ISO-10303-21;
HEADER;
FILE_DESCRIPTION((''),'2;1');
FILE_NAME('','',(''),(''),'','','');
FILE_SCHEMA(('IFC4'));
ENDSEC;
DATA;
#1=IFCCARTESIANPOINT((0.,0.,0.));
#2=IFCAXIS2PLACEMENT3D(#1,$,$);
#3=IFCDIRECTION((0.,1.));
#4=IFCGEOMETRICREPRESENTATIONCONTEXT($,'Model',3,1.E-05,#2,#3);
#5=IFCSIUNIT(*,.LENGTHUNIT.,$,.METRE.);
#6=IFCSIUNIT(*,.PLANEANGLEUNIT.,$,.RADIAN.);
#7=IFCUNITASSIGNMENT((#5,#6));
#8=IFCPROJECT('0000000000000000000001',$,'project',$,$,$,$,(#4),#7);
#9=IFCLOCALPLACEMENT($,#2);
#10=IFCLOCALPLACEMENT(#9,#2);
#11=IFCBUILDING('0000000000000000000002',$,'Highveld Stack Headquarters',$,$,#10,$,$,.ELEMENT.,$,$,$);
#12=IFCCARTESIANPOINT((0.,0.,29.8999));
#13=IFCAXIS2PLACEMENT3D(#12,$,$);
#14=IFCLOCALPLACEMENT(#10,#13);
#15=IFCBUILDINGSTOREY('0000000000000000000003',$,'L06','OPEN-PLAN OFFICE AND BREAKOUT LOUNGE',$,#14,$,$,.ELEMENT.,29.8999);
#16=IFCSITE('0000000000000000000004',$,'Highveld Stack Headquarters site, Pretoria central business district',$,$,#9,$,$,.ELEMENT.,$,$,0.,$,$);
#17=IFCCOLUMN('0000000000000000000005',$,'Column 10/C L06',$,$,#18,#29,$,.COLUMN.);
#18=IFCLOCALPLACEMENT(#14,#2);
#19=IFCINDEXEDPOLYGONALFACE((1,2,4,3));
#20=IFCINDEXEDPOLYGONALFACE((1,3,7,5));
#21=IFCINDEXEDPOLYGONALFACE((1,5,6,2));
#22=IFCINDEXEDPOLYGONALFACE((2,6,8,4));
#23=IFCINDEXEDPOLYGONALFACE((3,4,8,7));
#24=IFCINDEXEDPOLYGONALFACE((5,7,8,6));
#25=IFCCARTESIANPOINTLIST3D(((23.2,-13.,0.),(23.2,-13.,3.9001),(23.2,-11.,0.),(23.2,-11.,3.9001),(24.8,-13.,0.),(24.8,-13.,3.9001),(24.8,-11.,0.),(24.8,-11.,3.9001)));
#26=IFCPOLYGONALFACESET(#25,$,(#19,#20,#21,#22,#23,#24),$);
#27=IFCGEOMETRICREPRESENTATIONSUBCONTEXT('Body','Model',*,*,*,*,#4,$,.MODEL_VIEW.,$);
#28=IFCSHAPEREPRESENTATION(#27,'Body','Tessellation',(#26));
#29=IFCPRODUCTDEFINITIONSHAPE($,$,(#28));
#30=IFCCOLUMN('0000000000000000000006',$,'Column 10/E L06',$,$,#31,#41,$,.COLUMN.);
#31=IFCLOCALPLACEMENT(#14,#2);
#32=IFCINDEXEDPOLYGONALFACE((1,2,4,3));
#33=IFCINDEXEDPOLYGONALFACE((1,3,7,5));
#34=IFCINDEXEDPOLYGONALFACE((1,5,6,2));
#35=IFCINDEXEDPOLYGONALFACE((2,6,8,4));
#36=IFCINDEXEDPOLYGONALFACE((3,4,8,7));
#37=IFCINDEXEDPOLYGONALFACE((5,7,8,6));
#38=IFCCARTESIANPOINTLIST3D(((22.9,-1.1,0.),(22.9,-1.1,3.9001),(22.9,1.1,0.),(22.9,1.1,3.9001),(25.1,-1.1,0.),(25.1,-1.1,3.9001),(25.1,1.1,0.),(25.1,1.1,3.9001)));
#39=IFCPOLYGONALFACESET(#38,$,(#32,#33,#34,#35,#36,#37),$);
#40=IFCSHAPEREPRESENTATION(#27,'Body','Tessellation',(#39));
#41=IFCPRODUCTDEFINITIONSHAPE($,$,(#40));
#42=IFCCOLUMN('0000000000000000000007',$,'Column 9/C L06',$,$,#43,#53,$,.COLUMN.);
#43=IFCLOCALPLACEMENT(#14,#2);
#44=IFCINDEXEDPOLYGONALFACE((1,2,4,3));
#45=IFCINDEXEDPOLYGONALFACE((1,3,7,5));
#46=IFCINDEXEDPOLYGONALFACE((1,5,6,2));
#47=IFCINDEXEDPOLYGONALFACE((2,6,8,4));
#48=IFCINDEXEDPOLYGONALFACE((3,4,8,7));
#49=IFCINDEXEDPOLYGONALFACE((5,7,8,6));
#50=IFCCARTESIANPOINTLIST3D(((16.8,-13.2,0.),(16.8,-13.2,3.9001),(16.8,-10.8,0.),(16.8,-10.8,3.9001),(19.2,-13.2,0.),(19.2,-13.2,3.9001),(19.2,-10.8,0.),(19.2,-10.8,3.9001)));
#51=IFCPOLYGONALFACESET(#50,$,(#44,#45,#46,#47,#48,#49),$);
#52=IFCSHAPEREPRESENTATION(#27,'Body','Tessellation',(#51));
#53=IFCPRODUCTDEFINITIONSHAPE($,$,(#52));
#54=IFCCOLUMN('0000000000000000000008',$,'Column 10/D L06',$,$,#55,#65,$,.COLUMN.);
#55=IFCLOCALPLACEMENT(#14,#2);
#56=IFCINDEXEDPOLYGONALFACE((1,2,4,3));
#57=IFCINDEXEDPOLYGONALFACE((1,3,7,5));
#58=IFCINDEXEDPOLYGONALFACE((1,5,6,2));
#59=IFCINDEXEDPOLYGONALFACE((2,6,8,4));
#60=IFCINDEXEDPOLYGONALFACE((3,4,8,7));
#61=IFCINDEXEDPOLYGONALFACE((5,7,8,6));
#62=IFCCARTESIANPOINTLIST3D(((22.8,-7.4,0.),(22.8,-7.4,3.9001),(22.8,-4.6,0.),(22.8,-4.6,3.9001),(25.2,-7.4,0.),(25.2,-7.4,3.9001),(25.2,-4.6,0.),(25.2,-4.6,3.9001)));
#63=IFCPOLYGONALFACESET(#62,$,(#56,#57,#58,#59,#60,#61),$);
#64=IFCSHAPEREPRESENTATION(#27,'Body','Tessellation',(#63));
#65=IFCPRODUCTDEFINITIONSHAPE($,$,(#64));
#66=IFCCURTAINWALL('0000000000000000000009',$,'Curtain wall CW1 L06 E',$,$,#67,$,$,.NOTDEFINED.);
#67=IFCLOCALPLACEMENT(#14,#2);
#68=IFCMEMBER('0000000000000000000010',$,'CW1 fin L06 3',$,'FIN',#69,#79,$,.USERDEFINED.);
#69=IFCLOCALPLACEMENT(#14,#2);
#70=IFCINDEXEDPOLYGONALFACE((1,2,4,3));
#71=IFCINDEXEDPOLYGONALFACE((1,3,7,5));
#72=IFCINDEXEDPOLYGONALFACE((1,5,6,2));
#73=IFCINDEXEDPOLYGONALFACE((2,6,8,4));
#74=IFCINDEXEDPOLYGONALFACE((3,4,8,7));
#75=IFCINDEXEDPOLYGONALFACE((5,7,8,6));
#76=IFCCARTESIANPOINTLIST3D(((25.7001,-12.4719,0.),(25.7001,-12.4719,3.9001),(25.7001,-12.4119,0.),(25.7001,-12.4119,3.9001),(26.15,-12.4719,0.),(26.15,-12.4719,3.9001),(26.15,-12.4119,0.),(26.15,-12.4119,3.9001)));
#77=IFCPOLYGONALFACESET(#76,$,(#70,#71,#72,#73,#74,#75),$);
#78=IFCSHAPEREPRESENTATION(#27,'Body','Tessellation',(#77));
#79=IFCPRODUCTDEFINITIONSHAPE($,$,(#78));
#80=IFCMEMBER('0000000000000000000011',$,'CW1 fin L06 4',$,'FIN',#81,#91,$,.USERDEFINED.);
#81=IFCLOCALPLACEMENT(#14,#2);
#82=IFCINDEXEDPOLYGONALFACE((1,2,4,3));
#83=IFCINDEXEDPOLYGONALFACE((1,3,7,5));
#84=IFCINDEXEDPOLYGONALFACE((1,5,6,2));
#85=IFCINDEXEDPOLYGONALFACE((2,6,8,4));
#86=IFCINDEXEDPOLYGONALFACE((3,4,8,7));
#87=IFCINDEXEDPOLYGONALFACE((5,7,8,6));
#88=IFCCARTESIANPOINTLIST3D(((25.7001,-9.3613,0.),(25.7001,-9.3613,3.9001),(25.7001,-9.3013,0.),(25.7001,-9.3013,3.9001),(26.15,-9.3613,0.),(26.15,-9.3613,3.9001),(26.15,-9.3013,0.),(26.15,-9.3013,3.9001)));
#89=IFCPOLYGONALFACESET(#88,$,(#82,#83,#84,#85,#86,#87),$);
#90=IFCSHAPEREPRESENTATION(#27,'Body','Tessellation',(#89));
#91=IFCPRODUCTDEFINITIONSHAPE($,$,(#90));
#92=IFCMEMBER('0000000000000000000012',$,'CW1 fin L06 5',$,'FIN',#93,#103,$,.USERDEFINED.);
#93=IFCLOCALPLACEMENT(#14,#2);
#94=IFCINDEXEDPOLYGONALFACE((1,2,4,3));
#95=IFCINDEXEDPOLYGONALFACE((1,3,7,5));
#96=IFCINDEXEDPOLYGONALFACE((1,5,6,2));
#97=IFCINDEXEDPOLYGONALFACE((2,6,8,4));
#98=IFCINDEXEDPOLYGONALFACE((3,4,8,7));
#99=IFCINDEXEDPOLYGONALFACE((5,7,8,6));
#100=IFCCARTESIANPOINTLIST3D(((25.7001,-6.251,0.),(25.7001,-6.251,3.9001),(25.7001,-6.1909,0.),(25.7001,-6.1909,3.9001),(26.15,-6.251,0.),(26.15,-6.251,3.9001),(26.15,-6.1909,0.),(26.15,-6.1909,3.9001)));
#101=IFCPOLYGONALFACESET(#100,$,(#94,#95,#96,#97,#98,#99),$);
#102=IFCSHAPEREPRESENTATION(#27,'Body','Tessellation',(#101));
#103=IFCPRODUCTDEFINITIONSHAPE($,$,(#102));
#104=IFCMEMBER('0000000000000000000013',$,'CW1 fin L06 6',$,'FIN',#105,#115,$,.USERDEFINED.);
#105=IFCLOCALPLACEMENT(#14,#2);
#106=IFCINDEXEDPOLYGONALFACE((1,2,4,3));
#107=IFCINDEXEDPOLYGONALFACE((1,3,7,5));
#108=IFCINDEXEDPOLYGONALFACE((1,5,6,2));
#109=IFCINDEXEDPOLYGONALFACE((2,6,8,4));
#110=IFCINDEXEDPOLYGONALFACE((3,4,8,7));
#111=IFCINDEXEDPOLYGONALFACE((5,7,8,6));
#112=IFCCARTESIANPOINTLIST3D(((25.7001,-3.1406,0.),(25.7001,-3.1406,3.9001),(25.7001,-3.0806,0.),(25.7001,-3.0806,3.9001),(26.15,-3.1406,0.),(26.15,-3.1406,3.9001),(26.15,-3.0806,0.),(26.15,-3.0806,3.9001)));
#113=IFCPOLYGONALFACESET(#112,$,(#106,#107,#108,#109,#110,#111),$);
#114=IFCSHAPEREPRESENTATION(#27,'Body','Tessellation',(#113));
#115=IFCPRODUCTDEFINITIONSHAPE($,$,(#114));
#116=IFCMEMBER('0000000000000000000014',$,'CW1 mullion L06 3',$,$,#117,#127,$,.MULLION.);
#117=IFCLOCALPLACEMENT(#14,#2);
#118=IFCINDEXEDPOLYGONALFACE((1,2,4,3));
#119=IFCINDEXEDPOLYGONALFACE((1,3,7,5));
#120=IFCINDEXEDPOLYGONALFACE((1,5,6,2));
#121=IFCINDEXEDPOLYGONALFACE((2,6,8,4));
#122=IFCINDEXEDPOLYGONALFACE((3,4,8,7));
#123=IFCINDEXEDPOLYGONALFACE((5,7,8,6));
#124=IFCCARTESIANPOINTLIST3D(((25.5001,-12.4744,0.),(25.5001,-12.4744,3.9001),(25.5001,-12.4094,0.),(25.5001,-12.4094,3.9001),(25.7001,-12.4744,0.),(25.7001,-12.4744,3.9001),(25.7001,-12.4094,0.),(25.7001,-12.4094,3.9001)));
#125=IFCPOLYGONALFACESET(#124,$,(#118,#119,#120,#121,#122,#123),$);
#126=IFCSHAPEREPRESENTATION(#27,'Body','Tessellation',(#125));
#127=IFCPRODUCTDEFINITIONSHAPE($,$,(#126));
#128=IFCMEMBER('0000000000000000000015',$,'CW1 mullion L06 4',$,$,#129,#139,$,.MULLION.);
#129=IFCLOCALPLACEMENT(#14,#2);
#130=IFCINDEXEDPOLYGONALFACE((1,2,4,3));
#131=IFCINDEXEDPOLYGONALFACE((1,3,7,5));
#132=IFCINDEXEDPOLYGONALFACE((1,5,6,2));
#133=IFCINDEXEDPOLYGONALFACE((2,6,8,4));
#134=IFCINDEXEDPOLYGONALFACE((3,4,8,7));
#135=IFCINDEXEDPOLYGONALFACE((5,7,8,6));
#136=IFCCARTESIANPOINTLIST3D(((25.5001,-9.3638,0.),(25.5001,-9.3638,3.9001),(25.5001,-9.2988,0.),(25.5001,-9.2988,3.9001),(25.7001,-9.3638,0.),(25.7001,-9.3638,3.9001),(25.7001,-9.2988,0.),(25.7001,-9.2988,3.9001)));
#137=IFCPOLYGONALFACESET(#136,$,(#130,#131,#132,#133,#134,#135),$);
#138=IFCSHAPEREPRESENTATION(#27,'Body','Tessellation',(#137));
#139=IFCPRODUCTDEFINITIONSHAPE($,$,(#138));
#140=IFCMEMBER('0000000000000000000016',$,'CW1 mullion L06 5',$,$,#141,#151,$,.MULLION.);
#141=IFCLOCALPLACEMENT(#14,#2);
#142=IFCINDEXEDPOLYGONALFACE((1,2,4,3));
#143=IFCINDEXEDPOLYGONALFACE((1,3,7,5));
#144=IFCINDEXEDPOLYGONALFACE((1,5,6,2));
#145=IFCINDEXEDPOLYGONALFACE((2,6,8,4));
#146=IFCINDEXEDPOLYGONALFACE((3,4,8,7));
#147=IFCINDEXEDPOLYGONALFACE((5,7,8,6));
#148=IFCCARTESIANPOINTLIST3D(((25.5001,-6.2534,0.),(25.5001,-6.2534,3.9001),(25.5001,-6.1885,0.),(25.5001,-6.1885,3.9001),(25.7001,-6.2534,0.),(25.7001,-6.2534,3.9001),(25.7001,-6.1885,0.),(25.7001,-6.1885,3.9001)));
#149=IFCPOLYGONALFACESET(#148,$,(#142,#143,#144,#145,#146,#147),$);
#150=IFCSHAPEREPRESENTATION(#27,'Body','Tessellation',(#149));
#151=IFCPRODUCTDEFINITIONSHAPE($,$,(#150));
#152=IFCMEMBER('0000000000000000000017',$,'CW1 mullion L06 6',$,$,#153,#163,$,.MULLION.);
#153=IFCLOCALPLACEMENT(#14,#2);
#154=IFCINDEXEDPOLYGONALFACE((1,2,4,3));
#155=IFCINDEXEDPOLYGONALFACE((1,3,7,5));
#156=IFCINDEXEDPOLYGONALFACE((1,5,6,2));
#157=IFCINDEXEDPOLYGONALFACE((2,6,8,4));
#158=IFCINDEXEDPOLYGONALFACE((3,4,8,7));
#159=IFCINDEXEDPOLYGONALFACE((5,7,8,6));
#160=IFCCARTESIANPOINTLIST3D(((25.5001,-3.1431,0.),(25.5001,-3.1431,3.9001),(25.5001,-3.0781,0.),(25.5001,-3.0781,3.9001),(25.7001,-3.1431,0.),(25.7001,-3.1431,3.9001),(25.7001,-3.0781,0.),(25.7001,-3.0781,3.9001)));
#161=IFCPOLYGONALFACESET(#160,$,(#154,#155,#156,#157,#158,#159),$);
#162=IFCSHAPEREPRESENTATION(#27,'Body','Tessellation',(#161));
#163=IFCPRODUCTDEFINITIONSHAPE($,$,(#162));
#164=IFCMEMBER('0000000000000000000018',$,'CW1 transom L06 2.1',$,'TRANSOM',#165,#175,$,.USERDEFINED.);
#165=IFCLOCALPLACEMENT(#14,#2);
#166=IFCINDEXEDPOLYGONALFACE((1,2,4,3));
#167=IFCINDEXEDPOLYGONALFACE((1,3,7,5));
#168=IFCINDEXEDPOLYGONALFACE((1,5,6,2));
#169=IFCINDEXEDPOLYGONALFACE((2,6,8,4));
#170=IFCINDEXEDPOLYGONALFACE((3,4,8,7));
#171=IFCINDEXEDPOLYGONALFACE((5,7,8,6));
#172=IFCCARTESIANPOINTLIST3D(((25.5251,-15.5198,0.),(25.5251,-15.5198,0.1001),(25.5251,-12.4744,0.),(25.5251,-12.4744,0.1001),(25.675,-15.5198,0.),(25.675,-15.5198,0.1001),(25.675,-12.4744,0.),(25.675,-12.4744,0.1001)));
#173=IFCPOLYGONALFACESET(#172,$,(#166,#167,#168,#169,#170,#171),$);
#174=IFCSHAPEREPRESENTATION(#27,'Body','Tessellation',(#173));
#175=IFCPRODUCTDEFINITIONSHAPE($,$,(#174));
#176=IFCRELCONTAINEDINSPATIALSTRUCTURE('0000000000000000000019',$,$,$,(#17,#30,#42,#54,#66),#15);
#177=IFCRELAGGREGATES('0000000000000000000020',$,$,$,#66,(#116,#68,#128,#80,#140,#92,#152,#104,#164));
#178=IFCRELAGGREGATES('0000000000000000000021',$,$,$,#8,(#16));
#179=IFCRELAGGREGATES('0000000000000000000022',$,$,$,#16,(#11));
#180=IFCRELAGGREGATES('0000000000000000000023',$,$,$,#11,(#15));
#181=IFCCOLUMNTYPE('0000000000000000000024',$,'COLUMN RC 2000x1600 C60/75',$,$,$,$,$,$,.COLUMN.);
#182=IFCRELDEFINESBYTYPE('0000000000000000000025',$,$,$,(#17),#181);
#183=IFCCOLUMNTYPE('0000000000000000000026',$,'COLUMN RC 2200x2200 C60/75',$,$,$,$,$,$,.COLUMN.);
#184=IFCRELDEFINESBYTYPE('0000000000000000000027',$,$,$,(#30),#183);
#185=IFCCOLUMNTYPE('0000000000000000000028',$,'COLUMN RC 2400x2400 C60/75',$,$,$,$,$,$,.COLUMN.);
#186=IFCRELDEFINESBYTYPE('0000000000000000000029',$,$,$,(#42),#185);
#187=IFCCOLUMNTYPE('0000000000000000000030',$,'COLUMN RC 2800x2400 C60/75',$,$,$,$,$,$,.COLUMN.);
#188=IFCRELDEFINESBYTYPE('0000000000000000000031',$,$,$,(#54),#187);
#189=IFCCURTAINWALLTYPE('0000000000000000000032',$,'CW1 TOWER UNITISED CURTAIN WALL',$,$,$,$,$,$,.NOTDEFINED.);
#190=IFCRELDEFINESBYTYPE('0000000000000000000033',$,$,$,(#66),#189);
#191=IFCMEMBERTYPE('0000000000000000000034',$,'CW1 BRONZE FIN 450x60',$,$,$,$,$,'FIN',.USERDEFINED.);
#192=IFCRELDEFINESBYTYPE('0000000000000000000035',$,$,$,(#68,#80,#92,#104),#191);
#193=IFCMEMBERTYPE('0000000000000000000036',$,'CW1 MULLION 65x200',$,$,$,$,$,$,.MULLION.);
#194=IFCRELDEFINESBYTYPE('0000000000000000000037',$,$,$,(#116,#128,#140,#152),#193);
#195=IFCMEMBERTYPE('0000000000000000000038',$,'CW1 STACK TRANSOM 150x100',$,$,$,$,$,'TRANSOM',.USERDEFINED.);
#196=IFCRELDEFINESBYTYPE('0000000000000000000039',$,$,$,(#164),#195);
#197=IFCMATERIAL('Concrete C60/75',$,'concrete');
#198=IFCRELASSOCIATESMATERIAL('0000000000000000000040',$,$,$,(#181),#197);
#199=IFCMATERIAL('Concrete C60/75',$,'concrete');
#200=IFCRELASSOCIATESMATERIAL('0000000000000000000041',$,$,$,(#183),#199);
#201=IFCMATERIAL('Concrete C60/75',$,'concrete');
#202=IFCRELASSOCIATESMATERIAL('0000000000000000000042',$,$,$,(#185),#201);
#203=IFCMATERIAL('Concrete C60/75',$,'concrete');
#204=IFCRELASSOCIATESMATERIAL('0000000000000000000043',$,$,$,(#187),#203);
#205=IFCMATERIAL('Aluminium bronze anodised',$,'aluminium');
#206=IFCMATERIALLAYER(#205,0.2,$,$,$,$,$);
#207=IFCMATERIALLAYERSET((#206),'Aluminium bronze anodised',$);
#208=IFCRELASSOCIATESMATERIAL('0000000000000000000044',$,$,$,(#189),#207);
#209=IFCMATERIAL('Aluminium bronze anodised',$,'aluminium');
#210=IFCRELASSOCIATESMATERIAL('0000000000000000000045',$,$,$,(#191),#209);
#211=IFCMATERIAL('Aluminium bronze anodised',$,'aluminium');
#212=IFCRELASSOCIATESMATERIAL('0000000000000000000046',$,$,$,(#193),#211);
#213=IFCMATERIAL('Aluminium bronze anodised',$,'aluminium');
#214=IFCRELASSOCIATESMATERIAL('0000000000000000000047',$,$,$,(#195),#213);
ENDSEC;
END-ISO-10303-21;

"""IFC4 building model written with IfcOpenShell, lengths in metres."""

from ifc_helpers import new_model, si_unit, direction, frame, origin, origin_2d, place, context, subcontext, project, spatial, rectangle, extrude, material, layer, layer_set, material_profile, profile_set, type_object, element, aggregate, save


model = new_model("IFC4")

# Units and contexts
model_context = context("Model", 3, precision=1e-05, world=origin(), true_north=direction((0.0, 1.0)))
body_context = subcontext(model_context, "Body", "Model", "MODEL_VIEW")
ifc_project = project(units=[si_unit("LENGTHUNIT", "METRE"), si_unit("PLANEANGLEUNIT", "RADIAN")], contexts=[model_context])

# Site, building, storey
site_placement = place(None, origin())
site = spatial("IfcSite", under=ifc_project, at=site_placement, Name="Highveld Stack Headquarters site, Pretoria central business district", CompositionType="ELEMENT", RefElevation=0.0)
building_placement = place(site_placement, origin())
building = spatial("IfcBuilding", under=site, at=building_placement, Name="Highveld Stack Headquarters", CompositionType="ELEMENT")
storey_placement = place(building_placement, frame((0.0, 0.0, 29.8999)))
storey = spatial("IfcBuildingStorey", under=building, at=storey_placement, Name="L06", Description="OPEN-PLAN OFFICE AND BREAKOUT LOUNGE", CompositionType="ELEMENT", Elevation=29.8999)

# Columns
ifc_material_1 = material(Name="Concrete C60/75", Category="concrete")
ifc_material_profile_1 = material_profile(ifc_material_1, rectangle(XDim=2.0, YDim=1.6001, at=origin_2d()), Name="RC 2000x1600")
ifc_profile_set_1 = profile_set([ifc_material_profile_1], Name="Concrete C60/75")
column_type_1 = type_object("IfcColumnType", Name="COLUMN RC 2000x1600 C60/75", PredefinedType="COLUMN", material=ifc_profile_set_1)
column_1_placement = place(storey_placement, frame((24.0, -12.0, 0.0), z_axis=(0.0, 0.0, 1.0), x_axis=(0.0, 1.0, 0.0)))
element("IfcColumn", 1, at=column_1_placement, inside=storey, type_object=column_type_1, Name="Column 10/C L06", PredefinedType="COLUMN", context=body_context, shape_type="SweptSolid", body=[
    extrude(rectangle(XDim=2.0, YDim=1.6001, at=origin_2d()), origin(), (0.0, 0.0, 1.0), 3.9001),
])
ifc_material_2 = material(Name="Concrete C60/75", Category="concrete")
ifc_material_profile_2 = material_profile(ifc_material_2, rectangle(XDim=2.2, YDim=2.2, at=origin_2d()), Name="RC 2200x2200")
ifc_profile_set_2 = profile_set([ifc_material_profile_2], Name="Concrete C60/75")
column_type_2 = type_object("IfcColumnType", Name="COLUMN RC 2200x2200 C60/75", PredefinedType="COLUMN", material=ifc_profile_set_2)
column_2_placement = place(storey_placement, frame((24.0, 0.0, 0.0), z_axis=(0.0, 0.0, 1.0), x_axis=(1.0, 0.0, 0.0)))
element("IfcColumn", 2, at=column_2_placement, inside=storey, type_object=column_type_2, Name="Column 10/E L06", PredefinedType="COLUMN", context=body_context, shape_type="SweptSolid", body=[
    extrude(rectangle(XDim=2.2, YDim=2.2, at=origin_2d()), origin(), (0.0, 0.0, 1.0), 3.9001),
])
ifc_material_3 = material(Name="Concrete C60/75", Category="concrete")
ifc_material_profile_3 = material_profile(ifc_material_3, rectangle(XDim=2.3999, YDim=2.3999, at=origin_2d()), Name="RC 2400x2400")
ifc_profile_set_3 = profile_set([ifc_material_profile_3], Name="Concrete C60/75")
column_type_3 = type_object("IfcColumnType", Name="COLUMN RC 2400x2400 C60/75", PredefinedType="COLUMN", material=ifc_profile_set_3)
column_3_placement = place(storey_placement, frame((18.0, -12.0, 0.0), z_axis=(0.0, 0.0, 1.0), x_axis=(1.0, 0.0, 0.0)))
element("IfcColumn", 3, at=column_3_placement, inside=storey, type_object=column_type_3, Name="Column 9/C L06", PredefinedType="COLUMN", context=body_context, shape_type="SweptSolid", body=[
    extrude(rectangle(XDim=2.3999, YDim=2.3999, at=origin_2d()), origin(), (0.0, 0.0, 1.0), 3.9001),
])
ifc_material_4 = material(Name="Concrete C60/75", Category="concrete")
ifc_material_profile_4 = material_profile(ifc_material_4, rectangle(XDim=2.8, YDim=2.3999, at=origin_2d()), Name="RC 2800x2400")
ifc_profile_set_4 = profile_set([ifc_material_profile_4], Name="Concrete C60/75")
column_type_4 = type_object("IfcColumnType", Name="COLUMN RC 2800x2400 C60/75", PredefinedType="COLUMN", material=ifc_profile_set_4)
column_4_placement = place(storey_placement, frame((24.0, -6.0, 0.0), z_axis=(0.0, 0.0, 1.0), x_axis=(0.0, 1.0, 0.0)))
element("IfcColumn", 4, at=column_4_placement, inside=storey, type_object=column_type_4, Name="Column 10/D L06", PredefinedType="COLUMN", context=body_context, shape_type="SweptSolid", body=[
    extrude(rectangle(XDim=2.8, YDim=2.3999, at=origin_2d()), origin(), (0.0, 0.0, 1.0), 3.9001),
])

# Curtain wall, members
ifc_material_5 = material(Name="Aluminium bronze anodised", Category="aluminium")
ifc_layer_1 = layer(ifc_material_5, 0.2)
ifc_layer_set_1 = layer_set([ifc_layer_1], Name="Aluminium bronze anodised")
curtain_wall_type = type_object("IfcCurtainWallType", Name="CW1 TOWER UNITISED CURTAIN WALL", PredefinedType="NOTDEFINED", material=ifc_layer_set_1)
curtain_wall_placement = place(storey_placement, origin())
curtain_wall = element("IfcCurtainWall", 5, at=curtain_wall_placement, inside=storey, type_object=curtain_wall_type, Name="Curtain wall CW1 L06 E", PredefinedType="NOTDEFINED")
ifc_material_6 = material(Name="Aluminium bronze anodised", Category="aluminium")
ifc_material_profile_5 = material_profile(ifc_material_6, rectangle(XDim=0.45, YDim=0.0601, at=origin_2d()), Name="FIN 450x60")
ifc_profile_set_5 = profile_set([ifc_material_profile_5], Name="Aluminium bronze anodised")
member_type_1 = type_object("IfcMemberType", Name="CW1 BRONZE FIN 450x60", ElementType="FIN", PredefinedType="USERDEFINED", material=ifc_profile_set_5)
member_1_placement = place(storey_placement, frame((25.925, -12.4419, 0.0), z_axis=(0.0, 0.0, 1.0), x_axis=(-1.0, 0.0, 0.0)))
member_1 = element("IfcMember", 6, at=member_1_placement, type_object=member_type_1, Name="CW1 fin L06 3", ObjectType="FIN", PredefinedType="USERDEFINED", context=body_context, shape_type="SweptSolid", body=[
    extrude(rectangle(XDim=0.45, YDim=0.0601, at=origin_2d()), origin(), (0.0, 0.0, 1.0), 3.9001),
])
member_2_placement = place(storey_placement, frame((25.925, -9.3313, 0.0), z_axis=(0.0, 0.0, 1.0), x_axis=(-1.0, 0.0, 0.0)))
member_2 = element("IfcMember", 7, at=member_2_placement, type_object=member_type_1, Name="CW1 fin L06 4", ObjectType="FIN", PredefinedType="USERDEFINED", context=body_context, shape_type="SweptSolid", body=[
    extrude(rectangle(XDim=0.45, YDim=0.0601, at=origin_2d()), origin(), (0.0, 0.0, 1.0), 3.9001),
])
member_3_placement = place(storey_placement, frame((25.925, -6.2209, 0.0), z_axis=(0.0, 0.0, 1.0), x_axis=(-1.0, 0.0, 0.0)))
member_3 = element("IfcMember", 8, at=member_3_placement, type_object=member_type_1, Name="CW1 fin L06 5", ObjectType="FIN", PredefinedType="USERDEFINED", context=body_context, shape_type="SweptSolid", body=[
    extrude(rectangle(XDim=0.45, YDim=0.0601, at=origin_2d()), origin(), (0.0, 0.0, 1.0), 3.9001),
])
member_4_placement = place(storey_placement, frame((25.925, -3.1106, 0.0), z_axis=(0.0, 0.0, 1.0), x_axis=(-1.0, 0.0, 0.0)))
member_4 = element("IfcMember", 9, at=member_4_placement, type_object=member_type_1, Name="CW1 fin L06 6", ObjectType="FIN", PredefinedType="USERDEFINED", context=body_context, shape_type="SweptSolid", body=[
    extrude(rectangle(XDim=0.45, YDim=0.0601, at=origin_2d()), origin(), (0.0, 0.0, 1.0), 3.9001),
])
ifc_material_7 = material(Name="Aluminium bronze anodised", Category="aluminium")
ifc_material_profile_6 = material_profile(ifc_material_7, rectangle(XDim=0.2, YDim=0.0649, at=origin_2d()), Name="CW1 MULLION 65x200")
ifc_profile_set_6 = profile_set([ifc_material_profile_6], Name="Aluminium bronze anodised")
member_type_2 = type_object("IfcMemberType", Name="CW1 MULLION 65x200", PredefinedType="MULLION", material=ifc_profile_set_6)
member_5_placement = place(storey_placement, frame((25.6001, -12.4419, 0.0), z_axis=(0.0, 0.0, 1.0), x_axis=(-1.0, 0.0, 0.0)))
member_5 = element("IfcMember", 10, at=member_5_placement, type_object=member_type_2, Name="CW1 mullion L06 3", PredefinedType="MULLION", context=body_context, shape_type="SweptSolid", body=[
    extrude(rectangle(XDim=0.2, YDim=0.0649, at=origin_2d()), origin(), (0.0, 0.0, 1.0), 3.9001),
])
member_6_placement = place(storey_placement, frame((25.6001, -9.3313, 0.0), z_axis=(0.0, 0.0, 1.0), x_axis=(-1.0, 0.0, 0.0)))
member_6 = element("IfcMember", 11, at=member_6_placement, type_object=member_type_2, Name="CW1 mullion L06 4", PredefinedType="MULLION", context=body_context, shape_type="SweptSolid", body=[
    extrude(rectangle(XDim=0.2, YDim=0.0649, at=origin_2d()), origin(), (0.0, 0.0, 1.0), 3.9001),
])
member_7_placement = place(storey_placement, frame((25.6001, -6.2209, 0.0), z_axis=(0.0, 0.0, 1.0), x_axis=(-1.0, 0.0, 0.0)))
member_7 = element("IfcMember", 12, at=member_7_placement, type_object=member_type_2, Name="CW1 mullion L06 5", PredefinedType="MULLION", context=body_context, shape_type="SweptSolid", body=[
    extrude(rectangle(XDim=0.2, YDim=0.0649, at=origin_2d()), origin(), (0.0, 0.0, 1.0), 3.9001),
])
member_8_placement = place(storey_placement, frame((25.6001, -3.1106, 0.0), z_axis=(0.0, 0.0, 1.0), x_axis=(-1.0, 0.0, 0.0)))
member_8 = element("IfcMember", 13, at=member_8_placement, type_object=member_type_2, Name="CW1 mullion L06 6", PredefinedType="MULLION", context=body_context, shape_type="SweptSolid", body=[
    extrude(rectangle(XDim=0.2, YDim=0.0649, at=origin_2d()), origin(), (0.0, 0.0, 1.0), 3.9001),
])
ifc_material_8 = material(Name="Aluminium bronze anodised", Category="aluminium")
ifc_material_profile_7 = material_profile(ifc_material_8, rectangle(XDim=0.1499, YDim=0.1001, at=origin_2d()), Name="CW1 TRANSOM 150x100")
ifc_profile_set_7 = profile_set([ifc_material_profile_7], Name="Aluminium bronze anodised")
member_type_3 = type_object("IfcMemberType", Name="CW1 STACK TRANSOM 150x100", ElementType="TRANSOM", PredefinedType="USERDEFINED", material=ifc_profile_set_7)
member_9_placement = place(storey_placement, frame((25.6001, -15.5198, 0.05), z_axis=(0.0, 1.0, 0.0), x_axis=(-1.0, 0.0, 0.0)))
member_9 = element("IfcMember", 14, at=member_9_placement, type_object=member_type_3, Name="CW1 transom L06 2.1", ObjectType="TRANSOM", PredefinedType="USERDEFINED", context=body_context, shape_type="SweptSolid", body=[
    extrude(rectangle(XDim=0.1499, YDim=0.1001, at=origin_2d()), origin(), (0.0, 0.0, 1.0), 3.0454),
])
aggregate(curtain_wall, [member_5, member_1, member_6, member_2, member_7, member_3, member_8, member_4, member_9])

save(model, "model.ifc")
